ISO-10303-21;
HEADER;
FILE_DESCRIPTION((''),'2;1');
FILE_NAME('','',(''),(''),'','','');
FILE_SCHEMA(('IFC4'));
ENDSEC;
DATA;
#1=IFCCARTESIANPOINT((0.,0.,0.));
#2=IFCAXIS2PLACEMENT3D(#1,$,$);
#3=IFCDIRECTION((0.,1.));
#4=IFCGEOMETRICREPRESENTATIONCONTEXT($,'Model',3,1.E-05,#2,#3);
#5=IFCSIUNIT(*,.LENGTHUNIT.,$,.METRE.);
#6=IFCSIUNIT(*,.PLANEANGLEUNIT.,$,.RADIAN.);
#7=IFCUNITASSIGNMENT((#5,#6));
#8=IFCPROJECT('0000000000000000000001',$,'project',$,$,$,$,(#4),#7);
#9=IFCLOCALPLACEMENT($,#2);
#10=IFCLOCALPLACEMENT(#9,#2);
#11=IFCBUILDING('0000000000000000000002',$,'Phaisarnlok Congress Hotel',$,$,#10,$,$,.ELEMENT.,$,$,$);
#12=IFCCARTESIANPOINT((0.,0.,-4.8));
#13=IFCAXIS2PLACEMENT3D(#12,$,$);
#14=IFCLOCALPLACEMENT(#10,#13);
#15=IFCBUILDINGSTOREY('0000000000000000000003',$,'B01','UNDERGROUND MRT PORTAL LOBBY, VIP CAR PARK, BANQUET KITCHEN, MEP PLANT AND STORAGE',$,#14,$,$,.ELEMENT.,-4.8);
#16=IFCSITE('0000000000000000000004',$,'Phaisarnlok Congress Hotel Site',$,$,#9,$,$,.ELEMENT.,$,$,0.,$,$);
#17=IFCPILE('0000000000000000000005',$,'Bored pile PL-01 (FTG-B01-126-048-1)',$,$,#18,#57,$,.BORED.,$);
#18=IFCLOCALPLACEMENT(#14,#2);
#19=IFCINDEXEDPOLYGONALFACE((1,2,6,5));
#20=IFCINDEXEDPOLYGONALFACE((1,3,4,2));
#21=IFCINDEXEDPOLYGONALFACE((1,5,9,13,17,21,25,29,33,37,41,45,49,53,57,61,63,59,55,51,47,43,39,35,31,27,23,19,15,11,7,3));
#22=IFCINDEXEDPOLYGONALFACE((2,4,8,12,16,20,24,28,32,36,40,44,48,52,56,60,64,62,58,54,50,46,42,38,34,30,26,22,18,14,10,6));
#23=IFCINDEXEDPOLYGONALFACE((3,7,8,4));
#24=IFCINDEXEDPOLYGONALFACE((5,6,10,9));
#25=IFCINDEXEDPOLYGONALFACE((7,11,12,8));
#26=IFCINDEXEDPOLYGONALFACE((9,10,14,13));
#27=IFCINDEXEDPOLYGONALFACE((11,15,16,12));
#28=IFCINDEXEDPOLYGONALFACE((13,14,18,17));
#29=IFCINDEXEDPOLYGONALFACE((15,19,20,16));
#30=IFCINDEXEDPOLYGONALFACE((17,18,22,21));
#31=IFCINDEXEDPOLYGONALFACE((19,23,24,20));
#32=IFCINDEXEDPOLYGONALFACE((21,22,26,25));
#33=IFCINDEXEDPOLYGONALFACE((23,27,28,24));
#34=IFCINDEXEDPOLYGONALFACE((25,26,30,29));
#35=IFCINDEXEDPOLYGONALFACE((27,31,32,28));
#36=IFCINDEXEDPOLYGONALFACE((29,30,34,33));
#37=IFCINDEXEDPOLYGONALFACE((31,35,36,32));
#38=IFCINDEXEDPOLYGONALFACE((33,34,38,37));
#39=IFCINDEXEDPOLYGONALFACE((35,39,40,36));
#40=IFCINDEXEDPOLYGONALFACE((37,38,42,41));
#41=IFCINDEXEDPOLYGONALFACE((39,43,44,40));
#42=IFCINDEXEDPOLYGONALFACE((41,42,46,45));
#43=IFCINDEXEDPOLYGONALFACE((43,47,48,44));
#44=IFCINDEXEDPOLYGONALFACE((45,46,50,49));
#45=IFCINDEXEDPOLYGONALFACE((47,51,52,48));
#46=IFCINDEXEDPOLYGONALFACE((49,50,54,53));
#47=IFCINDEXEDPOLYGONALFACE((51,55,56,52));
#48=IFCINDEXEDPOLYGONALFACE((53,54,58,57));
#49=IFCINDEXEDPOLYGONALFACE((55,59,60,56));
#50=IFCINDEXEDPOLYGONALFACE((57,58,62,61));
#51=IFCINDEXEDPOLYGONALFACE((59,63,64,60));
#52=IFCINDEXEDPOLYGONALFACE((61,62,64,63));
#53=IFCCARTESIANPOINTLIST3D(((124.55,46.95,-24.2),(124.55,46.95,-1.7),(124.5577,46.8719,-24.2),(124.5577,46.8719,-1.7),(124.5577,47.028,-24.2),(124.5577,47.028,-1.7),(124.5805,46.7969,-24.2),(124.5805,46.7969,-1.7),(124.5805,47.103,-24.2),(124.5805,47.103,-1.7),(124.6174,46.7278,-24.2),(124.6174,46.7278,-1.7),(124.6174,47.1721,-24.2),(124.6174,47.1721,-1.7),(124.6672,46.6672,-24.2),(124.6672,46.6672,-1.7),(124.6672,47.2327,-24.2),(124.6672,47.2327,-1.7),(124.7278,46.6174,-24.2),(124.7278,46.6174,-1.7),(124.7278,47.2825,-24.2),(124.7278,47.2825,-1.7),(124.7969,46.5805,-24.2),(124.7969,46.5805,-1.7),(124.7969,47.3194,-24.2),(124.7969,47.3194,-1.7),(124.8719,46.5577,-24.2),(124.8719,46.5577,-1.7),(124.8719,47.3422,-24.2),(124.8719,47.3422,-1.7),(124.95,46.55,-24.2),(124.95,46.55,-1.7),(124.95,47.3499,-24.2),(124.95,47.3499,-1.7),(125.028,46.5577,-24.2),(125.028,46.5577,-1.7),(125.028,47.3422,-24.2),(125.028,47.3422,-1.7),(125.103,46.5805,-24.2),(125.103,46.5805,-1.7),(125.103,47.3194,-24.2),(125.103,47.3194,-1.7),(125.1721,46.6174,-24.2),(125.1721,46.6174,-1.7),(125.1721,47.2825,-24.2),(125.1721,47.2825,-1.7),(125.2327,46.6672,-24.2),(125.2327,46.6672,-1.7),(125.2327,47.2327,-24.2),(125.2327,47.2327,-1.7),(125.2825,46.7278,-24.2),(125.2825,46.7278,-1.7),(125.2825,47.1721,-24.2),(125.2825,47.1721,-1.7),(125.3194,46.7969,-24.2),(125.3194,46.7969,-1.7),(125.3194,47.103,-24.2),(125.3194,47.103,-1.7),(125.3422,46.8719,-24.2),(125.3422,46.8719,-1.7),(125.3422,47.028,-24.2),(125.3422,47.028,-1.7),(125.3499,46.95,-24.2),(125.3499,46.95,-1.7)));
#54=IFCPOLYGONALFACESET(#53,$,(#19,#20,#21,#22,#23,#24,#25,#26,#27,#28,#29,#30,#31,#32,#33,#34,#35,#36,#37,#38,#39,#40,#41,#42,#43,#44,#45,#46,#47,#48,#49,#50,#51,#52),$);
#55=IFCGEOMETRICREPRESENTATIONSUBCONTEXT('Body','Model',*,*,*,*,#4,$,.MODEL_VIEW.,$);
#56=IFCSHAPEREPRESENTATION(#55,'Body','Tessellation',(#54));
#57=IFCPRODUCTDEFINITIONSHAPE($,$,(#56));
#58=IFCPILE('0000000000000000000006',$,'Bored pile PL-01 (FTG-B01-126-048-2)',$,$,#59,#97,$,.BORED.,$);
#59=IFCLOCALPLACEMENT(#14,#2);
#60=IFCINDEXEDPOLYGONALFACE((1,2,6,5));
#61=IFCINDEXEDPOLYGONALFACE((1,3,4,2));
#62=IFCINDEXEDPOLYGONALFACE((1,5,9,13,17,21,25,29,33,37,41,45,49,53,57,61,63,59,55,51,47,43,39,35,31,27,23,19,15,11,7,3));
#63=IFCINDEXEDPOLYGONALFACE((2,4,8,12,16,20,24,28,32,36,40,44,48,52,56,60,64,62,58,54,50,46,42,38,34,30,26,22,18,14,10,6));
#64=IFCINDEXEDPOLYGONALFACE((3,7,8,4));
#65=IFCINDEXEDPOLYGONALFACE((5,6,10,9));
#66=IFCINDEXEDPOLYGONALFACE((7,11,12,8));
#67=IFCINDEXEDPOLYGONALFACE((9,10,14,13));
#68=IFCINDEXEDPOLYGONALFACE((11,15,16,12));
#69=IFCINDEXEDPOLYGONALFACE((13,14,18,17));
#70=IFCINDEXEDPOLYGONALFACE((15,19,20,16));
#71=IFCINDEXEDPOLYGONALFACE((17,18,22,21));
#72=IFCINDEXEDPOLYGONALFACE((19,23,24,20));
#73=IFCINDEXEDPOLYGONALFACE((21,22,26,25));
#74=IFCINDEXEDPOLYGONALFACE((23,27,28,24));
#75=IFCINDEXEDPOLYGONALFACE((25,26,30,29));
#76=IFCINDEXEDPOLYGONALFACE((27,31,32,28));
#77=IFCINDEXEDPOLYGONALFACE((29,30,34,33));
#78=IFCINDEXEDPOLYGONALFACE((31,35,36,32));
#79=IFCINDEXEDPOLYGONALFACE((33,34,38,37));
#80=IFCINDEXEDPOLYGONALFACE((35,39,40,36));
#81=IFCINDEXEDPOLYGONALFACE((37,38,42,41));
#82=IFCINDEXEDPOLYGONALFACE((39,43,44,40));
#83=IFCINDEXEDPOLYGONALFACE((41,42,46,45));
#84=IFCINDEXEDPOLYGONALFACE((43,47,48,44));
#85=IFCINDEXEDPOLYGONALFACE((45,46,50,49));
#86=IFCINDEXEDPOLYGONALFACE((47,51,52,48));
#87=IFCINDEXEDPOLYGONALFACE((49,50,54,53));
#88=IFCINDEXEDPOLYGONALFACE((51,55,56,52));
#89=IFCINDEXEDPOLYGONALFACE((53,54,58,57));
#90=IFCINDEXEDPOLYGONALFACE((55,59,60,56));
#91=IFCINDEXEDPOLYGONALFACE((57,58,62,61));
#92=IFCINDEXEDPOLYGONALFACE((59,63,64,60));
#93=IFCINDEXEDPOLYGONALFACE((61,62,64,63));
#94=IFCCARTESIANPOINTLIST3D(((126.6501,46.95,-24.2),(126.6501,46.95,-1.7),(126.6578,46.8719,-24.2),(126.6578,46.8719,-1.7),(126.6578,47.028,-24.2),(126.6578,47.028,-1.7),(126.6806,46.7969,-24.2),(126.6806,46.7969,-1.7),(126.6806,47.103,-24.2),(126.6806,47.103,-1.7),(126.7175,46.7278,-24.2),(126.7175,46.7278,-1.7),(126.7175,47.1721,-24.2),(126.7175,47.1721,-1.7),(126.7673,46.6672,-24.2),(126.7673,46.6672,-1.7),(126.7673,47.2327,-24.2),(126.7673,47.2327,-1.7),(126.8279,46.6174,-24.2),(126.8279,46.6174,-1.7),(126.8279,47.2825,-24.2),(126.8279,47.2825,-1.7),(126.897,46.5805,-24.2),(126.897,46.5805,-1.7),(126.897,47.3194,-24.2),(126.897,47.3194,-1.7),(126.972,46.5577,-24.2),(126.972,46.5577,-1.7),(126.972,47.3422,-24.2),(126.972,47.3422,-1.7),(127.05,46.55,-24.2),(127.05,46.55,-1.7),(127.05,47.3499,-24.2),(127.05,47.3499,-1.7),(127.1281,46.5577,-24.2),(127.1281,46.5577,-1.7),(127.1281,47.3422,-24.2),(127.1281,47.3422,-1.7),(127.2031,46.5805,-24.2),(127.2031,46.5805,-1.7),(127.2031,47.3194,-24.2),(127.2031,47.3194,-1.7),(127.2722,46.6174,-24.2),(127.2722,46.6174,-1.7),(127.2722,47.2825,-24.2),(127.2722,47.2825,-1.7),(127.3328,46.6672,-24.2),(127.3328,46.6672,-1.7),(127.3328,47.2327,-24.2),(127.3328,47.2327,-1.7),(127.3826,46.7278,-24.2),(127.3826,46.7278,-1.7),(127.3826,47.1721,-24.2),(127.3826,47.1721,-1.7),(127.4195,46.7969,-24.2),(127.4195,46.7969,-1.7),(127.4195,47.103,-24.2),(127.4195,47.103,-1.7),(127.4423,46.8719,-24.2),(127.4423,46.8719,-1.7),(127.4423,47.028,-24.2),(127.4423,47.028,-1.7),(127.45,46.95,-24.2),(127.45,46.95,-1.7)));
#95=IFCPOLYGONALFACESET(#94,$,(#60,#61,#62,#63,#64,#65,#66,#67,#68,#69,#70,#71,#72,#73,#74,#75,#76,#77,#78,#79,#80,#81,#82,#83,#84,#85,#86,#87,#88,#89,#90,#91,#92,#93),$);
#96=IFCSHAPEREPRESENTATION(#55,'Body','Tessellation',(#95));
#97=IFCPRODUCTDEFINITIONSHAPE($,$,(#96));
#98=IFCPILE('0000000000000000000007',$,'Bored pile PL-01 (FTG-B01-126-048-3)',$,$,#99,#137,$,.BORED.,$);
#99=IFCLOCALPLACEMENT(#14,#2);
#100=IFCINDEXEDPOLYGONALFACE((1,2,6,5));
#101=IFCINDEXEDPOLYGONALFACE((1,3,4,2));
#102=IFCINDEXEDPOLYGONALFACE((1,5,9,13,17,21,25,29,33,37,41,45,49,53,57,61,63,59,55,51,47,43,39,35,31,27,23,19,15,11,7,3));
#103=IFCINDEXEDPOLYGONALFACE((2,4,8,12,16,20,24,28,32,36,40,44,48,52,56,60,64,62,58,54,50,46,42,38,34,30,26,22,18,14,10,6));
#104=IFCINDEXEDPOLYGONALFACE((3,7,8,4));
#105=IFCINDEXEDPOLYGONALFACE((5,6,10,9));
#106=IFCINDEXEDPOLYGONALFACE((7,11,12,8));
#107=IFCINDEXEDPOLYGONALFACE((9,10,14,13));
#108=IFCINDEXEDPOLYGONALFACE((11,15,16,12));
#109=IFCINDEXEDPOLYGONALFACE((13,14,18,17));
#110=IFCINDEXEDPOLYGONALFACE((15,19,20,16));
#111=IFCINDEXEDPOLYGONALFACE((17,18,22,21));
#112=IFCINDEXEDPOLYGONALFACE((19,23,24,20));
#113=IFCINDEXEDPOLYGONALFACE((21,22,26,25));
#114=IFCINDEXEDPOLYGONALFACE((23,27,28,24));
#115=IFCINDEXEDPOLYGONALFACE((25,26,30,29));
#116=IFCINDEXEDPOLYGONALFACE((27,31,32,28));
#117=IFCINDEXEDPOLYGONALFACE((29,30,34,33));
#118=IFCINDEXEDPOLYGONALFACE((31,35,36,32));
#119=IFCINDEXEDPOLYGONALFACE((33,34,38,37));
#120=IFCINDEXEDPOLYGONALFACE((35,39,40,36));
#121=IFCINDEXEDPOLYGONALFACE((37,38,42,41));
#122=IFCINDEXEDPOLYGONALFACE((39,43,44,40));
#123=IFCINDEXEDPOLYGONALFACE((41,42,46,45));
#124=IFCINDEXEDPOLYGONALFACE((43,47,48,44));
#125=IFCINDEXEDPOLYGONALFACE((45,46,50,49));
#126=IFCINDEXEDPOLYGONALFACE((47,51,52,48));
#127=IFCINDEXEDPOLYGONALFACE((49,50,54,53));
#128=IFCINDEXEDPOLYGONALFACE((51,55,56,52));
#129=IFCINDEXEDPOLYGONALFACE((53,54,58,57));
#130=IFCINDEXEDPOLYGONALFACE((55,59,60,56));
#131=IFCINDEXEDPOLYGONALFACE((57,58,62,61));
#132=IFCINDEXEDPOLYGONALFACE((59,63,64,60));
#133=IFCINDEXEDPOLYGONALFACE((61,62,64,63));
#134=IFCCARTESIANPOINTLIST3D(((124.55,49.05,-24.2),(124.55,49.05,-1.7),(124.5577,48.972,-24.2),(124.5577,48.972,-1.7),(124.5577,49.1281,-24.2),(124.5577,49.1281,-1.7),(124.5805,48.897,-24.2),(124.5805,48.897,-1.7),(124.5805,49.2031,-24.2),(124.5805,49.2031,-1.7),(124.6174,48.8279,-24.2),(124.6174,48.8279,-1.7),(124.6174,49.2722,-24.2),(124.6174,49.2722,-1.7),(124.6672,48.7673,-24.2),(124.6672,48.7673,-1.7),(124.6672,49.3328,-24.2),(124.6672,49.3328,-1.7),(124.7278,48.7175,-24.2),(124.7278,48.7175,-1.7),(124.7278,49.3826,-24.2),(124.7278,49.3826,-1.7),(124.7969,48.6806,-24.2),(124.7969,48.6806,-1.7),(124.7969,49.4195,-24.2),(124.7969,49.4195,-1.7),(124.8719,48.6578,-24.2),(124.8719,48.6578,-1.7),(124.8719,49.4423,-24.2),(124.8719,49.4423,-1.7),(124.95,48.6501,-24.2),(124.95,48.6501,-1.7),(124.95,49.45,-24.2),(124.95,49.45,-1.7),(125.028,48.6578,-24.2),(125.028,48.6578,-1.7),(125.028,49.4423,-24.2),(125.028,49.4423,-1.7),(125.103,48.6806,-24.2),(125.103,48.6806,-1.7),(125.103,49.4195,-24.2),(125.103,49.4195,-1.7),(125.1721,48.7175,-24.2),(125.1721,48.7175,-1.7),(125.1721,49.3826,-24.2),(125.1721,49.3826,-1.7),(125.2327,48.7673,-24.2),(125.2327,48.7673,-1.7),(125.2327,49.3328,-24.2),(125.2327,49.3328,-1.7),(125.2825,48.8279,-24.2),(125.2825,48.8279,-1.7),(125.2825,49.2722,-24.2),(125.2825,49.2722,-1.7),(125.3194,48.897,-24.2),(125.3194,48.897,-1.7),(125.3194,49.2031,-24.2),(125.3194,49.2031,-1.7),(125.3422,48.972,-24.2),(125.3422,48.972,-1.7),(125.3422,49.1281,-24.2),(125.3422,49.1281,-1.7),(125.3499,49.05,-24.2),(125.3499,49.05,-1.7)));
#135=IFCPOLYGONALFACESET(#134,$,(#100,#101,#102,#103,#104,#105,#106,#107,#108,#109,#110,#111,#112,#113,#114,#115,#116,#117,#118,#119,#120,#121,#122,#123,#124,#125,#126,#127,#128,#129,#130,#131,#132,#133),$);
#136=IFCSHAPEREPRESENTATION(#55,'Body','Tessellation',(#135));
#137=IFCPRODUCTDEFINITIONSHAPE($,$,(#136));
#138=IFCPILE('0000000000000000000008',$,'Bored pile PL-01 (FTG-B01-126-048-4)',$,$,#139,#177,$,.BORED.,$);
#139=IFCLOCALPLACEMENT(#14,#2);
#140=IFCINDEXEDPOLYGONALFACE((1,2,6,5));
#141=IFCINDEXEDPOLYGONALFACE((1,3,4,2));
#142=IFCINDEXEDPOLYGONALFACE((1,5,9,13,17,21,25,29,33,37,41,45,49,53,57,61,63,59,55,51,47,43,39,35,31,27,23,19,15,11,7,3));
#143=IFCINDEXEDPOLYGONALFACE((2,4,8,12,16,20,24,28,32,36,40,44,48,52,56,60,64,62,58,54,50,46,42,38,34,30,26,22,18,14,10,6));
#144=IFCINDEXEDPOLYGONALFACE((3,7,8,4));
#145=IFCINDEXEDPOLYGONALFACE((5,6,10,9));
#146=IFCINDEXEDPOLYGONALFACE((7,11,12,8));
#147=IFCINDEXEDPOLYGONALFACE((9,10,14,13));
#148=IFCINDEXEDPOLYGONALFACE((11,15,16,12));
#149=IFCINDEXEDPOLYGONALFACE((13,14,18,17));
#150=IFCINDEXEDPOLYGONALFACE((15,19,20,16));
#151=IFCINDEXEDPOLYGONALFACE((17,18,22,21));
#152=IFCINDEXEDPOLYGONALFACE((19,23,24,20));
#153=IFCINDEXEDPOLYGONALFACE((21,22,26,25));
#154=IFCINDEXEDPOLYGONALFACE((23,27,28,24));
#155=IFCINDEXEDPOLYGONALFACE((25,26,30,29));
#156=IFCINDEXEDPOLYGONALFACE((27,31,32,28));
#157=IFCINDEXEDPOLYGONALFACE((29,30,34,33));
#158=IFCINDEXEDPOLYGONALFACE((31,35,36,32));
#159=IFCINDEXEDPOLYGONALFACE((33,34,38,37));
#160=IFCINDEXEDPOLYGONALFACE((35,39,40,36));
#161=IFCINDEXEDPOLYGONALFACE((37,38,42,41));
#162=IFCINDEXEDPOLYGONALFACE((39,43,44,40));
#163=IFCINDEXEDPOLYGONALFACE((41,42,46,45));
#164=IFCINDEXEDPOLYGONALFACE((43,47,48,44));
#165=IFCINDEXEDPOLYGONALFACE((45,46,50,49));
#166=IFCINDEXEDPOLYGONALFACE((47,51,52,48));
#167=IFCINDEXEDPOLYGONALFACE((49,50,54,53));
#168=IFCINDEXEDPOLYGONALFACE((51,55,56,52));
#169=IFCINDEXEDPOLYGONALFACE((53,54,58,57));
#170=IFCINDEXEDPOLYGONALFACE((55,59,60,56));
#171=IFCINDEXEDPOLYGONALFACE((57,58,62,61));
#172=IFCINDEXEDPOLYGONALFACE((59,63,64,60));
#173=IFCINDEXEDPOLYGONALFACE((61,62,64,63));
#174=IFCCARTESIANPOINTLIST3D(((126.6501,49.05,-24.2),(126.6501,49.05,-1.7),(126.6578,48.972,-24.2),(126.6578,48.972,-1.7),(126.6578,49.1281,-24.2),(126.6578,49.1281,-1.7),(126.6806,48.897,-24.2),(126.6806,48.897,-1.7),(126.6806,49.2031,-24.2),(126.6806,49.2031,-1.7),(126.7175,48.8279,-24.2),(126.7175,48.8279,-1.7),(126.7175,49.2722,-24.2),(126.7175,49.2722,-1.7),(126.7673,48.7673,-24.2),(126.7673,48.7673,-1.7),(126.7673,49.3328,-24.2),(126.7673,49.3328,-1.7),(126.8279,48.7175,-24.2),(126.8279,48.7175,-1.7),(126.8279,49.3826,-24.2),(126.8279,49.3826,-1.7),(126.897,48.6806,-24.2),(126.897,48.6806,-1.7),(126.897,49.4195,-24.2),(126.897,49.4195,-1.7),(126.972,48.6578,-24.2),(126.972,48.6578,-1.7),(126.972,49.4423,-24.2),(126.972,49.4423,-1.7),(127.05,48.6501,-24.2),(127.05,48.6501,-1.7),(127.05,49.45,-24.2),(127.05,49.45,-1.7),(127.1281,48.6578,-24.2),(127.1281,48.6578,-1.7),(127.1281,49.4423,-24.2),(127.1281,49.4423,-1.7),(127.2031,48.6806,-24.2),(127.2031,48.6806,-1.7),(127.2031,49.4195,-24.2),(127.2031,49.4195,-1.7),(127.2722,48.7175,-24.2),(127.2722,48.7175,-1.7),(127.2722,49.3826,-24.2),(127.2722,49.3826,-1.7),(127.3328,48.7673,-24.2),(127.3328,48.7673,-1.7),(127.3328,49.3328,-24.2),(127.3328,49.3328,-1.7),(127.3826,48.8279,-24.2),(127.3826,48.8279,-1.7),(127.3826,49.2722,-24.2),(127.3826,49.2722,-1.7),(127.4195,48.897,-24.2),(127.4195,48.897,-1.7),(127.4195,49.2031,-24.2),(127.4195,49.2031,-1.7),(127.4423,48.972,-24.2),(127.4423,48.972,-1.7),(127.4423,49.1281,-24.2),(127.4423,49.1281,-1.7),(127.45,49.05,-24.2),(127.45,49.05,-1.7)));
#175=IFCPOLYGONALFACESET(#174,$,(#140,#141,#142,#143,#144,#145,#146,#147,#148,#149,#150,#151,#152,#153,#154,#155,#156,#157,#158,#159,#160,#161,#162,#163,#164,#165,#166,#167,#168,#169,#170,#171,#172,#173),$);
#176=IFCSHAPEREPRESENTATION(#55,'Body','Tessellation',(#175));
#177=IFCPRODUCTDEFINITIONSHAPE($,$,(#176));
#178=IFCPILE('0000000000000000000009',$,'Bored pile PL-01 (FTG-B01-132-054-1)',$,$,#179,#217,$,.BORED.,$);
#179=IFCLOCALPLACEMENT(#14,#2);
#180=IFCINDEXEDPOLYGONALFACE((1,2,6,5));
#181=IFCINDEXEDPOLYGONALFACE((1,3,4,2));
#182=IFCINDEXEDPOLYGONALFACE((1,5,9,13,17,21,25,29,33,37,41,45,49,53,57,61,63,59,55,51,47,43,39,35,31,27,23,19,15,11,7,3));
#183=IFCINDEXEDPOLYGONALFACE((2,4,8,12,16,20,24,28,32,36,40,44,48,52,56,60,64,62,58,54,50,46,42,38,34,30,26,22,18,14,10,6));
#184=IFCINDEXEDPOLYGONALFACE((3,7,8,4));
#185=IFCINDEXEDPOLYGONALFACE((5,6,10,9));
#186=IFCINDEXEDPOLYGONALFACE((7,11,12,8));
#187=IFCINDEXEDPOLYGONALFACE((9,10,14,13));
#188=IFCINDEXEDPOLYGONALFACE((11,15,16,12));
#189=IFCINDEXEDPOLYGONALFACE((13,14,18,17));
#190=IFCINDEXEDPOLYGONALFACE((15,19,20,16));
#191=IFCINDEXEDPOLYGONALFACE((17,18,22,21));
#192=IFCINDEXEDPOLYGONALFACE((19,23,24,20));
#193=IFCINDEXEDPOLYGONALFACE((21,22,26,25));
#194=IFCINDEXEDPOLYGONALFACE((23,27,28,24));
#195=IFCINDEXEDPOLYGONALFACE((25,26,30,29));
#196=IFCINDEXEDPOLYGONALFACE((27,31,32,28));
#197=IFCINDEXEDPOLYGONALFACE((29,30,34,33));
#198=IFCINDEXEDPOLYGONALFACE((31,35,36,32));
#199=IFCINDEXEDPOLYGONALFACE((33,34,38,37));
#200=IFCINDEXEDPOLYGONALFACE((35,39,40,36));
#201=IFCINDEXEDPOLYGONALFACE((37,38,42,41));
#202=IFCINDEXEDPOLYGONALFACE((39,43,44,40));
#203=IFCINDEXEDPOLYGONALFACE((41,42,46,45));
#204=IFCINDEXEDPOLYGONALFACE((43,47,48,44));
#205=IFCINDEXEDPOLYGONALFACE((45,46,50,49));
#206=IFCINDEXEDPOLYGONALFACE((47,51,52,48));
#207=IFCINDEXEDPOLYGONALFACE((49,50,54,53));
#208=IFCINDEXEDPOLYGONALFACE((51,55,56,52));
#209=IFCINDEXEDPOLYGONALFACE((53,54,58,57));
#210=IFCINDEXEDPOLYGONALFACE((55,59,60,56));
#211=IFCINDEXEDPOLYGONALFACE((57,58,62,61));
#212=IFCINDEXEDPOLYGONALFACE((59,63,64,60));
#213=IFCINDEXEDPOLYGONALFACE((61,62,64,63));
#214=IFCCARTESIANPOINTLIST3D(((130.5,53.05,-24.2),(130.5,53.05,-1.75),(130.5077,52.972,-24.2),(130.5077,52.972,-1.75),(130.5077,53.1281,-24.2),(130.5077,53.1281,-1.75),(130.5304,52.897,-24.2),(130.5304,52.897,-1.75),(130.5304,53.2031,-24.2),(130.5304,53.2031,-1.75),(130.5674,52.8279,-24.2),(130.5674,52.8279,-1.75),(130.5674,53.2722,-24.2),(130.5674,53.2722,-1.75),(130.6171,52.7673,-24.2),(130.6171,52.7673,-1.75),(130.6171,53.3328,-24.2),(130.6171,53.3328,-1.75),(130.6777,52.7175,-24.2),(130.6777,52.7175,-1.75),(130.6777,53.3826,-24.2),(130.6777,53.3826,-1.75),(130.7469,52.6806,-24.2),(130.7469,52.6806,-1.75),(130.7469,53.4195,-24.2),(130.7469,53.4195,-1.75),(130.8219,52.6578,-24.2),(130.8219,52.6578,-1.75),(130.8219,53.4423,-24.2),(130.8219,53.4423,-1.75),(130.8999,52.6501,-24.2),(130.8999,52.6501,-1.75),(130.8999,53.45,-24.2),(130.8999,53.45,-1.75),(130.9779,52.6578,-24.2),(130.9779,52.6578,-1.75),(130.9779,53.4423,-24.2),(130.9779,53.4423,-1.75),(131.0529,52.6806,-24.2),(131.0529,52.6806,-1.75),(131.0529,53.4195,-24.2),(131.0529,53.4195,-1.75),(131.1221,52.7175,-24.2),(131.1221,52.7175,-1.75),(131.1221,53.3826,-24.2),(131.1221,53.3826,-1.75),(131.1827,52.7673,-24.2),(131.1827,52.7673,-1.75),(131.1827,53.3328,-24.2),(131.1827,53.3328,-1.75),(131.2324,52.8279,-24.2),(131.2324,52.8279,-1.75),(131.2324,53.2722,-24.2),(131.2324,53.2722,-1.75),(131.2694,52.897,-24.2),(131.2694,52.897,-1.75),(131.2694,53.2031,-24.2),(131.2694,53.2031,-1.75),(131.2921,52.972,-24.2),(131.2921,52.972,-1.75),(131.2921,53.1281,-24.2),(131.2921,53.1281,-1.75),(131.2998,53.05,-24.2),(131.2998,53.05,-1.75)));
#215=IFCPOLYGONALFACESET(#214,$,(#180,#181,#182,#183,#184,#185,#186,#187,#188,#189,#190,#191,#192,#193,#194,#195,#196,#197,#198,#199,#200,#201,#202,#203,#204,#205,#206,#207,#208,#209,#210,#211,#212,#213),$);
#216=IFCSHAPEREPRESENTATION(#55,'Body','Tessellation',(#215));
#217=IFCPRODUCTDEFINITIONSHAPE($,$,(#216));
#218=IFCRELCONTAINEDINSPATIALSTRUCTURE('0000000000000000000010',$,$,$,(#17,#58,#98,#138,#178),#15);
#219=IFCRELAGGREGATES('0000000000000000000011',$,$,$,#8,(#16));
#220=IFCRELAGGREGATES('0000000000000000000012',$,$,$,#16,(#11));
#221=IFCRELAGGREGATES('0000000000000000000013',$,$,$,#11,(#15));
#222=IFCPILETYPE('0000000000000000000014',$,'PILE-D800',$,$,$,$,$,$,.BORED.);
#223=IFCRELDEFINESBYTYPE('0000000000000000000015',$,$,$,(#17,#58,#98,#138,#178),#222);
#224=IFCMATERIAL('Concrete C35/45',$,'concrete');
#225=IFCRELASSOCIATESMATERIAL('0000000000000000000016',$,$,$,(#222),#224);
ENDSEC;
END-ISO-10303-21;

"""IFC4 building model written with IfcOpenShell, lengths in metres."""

from ifc_helpers import new_model, si_unit, direction, frame, origin, origin_2d, place, context, subcontext, project, spatial, circle, extrude, material, material_profile, profile_set, type_object, element, save


model = new_model("IFC4")

# Units and contexts
model_context = context("Model", 3, precision=1e-05, world=origin(), true_north=direction((0.0, 1.0)))
body_context = subcontext(model_context, "Body", "Model", "MODEL_VIEW")
ifc_project = project(units=[si_unit("LENGTHUNIT", "METRE"), si_unit("PLANEANGLEUNIT", "RADIAN")], contexts=[model_context])

# Site, building, storey
site_placement = place(None, origin())
site = spatial("IfcSite", under=ifc_project, at=site_placement, Name="Phaisarnlok Congress Hotel Site", CompositionType="ELEMENT", RefElevation=0.0)
building_placement = place(site_placement, origin())
building = spatial("IfcBuilding", under=site, at=building_placement, Name="Phaisarnlok Congress Hotel", CompositionType="ELEMENT")
storey_placement = place(building_placement, frame((0.0, 0.0, -4.8)))
storey = spatial("IfcBuildingStorey", under=building, at=storey_placement, Name="B01", Description="UNDERGROUND MRT PORTAL LOBBY, VIP CAR PARK, BANQUET KITCHEN, MEP PLANT AND STORAGE", CompositionType="ELEMENT", Elevation=-4.8)

# Piles
ifc_material_1 = material(Name="Concrete C35/45", Category="concrete")
ifc_material_profile_1 = material_profile(ifc_material_1, circle(Radius=0.3999, at=origin_2d()), Name="BORED PILE D800")
ifc_profile_set_1 = profile_set([ifc_material_profile_1], Name="Concrete C35/45")
pile_type_1 = type_object("IfcPileType", Name="PILE-D800", PredefinedType="BORED", material=ifc_profile_set_1)
for number, where, z_axis, x_axis, name in (
    (1, (124.95, 46.95, -1.7), (0.0, 0.0, -1.0), (1.0, 0.0, 0.0), "Bored pile PL-01 (FTG-B01-126-048-1)"),
    (2, (127.05, 46.95, -1.7), (0.0, 0.0, -1.0), (1.0, 0.0, 0.0), "Bored pile PL-01 (FTG-B01-126-048-2)"),
    (3, (124.95, 49.05, -1.7), (0.0, 0.0, -1.0), (1.0, 0.0, 0.0), "Bored pile PL-01 (FTG-B01-126-048-3)"),
    (4, (127.05, 49.05, -1.7), (0.0, 0.0, -1.0), (1.0, 0.0, 0.0), "Bored pile PL-01 (FTG-B01-126-048-4)"),
):
    element("IfcPile", number, at=place(storey_placement, frame(where, z_axis=z_axis, x_axis=x_axis)), inside=storey, type_object=pile_type_1, Name=name, PredefinedType="BORED", context=body_context, shape_type="SweptSolid", body=[
        extrude(circle(Radius=0.3999, at=origin_2d()), origin(), (0.0, 0.0, 1.0), 22.5),
    ])
pile_1_placement = place(storey_placement, frame((130.8999, 53.05, -1.75), z_axis=(0.0, 0.0, -1.0), x_axis=(1.0, 0.0, 0.0)))
element("IfcPile", 5, at=pile_1_placement, inside=storey, type_object=pile_type_1, Name="Bored pile PL-01 (FTG-B01-132-054-1)", PredefinedType="BORED", context=body_context, shape_type="SweptSolid", body=[
    extrude(circle(Radius=0.3999, at=origin_2d()), origin(), (0.0, 0.0, 1.0), 22.45),
])

save(model, "model.ifc")
